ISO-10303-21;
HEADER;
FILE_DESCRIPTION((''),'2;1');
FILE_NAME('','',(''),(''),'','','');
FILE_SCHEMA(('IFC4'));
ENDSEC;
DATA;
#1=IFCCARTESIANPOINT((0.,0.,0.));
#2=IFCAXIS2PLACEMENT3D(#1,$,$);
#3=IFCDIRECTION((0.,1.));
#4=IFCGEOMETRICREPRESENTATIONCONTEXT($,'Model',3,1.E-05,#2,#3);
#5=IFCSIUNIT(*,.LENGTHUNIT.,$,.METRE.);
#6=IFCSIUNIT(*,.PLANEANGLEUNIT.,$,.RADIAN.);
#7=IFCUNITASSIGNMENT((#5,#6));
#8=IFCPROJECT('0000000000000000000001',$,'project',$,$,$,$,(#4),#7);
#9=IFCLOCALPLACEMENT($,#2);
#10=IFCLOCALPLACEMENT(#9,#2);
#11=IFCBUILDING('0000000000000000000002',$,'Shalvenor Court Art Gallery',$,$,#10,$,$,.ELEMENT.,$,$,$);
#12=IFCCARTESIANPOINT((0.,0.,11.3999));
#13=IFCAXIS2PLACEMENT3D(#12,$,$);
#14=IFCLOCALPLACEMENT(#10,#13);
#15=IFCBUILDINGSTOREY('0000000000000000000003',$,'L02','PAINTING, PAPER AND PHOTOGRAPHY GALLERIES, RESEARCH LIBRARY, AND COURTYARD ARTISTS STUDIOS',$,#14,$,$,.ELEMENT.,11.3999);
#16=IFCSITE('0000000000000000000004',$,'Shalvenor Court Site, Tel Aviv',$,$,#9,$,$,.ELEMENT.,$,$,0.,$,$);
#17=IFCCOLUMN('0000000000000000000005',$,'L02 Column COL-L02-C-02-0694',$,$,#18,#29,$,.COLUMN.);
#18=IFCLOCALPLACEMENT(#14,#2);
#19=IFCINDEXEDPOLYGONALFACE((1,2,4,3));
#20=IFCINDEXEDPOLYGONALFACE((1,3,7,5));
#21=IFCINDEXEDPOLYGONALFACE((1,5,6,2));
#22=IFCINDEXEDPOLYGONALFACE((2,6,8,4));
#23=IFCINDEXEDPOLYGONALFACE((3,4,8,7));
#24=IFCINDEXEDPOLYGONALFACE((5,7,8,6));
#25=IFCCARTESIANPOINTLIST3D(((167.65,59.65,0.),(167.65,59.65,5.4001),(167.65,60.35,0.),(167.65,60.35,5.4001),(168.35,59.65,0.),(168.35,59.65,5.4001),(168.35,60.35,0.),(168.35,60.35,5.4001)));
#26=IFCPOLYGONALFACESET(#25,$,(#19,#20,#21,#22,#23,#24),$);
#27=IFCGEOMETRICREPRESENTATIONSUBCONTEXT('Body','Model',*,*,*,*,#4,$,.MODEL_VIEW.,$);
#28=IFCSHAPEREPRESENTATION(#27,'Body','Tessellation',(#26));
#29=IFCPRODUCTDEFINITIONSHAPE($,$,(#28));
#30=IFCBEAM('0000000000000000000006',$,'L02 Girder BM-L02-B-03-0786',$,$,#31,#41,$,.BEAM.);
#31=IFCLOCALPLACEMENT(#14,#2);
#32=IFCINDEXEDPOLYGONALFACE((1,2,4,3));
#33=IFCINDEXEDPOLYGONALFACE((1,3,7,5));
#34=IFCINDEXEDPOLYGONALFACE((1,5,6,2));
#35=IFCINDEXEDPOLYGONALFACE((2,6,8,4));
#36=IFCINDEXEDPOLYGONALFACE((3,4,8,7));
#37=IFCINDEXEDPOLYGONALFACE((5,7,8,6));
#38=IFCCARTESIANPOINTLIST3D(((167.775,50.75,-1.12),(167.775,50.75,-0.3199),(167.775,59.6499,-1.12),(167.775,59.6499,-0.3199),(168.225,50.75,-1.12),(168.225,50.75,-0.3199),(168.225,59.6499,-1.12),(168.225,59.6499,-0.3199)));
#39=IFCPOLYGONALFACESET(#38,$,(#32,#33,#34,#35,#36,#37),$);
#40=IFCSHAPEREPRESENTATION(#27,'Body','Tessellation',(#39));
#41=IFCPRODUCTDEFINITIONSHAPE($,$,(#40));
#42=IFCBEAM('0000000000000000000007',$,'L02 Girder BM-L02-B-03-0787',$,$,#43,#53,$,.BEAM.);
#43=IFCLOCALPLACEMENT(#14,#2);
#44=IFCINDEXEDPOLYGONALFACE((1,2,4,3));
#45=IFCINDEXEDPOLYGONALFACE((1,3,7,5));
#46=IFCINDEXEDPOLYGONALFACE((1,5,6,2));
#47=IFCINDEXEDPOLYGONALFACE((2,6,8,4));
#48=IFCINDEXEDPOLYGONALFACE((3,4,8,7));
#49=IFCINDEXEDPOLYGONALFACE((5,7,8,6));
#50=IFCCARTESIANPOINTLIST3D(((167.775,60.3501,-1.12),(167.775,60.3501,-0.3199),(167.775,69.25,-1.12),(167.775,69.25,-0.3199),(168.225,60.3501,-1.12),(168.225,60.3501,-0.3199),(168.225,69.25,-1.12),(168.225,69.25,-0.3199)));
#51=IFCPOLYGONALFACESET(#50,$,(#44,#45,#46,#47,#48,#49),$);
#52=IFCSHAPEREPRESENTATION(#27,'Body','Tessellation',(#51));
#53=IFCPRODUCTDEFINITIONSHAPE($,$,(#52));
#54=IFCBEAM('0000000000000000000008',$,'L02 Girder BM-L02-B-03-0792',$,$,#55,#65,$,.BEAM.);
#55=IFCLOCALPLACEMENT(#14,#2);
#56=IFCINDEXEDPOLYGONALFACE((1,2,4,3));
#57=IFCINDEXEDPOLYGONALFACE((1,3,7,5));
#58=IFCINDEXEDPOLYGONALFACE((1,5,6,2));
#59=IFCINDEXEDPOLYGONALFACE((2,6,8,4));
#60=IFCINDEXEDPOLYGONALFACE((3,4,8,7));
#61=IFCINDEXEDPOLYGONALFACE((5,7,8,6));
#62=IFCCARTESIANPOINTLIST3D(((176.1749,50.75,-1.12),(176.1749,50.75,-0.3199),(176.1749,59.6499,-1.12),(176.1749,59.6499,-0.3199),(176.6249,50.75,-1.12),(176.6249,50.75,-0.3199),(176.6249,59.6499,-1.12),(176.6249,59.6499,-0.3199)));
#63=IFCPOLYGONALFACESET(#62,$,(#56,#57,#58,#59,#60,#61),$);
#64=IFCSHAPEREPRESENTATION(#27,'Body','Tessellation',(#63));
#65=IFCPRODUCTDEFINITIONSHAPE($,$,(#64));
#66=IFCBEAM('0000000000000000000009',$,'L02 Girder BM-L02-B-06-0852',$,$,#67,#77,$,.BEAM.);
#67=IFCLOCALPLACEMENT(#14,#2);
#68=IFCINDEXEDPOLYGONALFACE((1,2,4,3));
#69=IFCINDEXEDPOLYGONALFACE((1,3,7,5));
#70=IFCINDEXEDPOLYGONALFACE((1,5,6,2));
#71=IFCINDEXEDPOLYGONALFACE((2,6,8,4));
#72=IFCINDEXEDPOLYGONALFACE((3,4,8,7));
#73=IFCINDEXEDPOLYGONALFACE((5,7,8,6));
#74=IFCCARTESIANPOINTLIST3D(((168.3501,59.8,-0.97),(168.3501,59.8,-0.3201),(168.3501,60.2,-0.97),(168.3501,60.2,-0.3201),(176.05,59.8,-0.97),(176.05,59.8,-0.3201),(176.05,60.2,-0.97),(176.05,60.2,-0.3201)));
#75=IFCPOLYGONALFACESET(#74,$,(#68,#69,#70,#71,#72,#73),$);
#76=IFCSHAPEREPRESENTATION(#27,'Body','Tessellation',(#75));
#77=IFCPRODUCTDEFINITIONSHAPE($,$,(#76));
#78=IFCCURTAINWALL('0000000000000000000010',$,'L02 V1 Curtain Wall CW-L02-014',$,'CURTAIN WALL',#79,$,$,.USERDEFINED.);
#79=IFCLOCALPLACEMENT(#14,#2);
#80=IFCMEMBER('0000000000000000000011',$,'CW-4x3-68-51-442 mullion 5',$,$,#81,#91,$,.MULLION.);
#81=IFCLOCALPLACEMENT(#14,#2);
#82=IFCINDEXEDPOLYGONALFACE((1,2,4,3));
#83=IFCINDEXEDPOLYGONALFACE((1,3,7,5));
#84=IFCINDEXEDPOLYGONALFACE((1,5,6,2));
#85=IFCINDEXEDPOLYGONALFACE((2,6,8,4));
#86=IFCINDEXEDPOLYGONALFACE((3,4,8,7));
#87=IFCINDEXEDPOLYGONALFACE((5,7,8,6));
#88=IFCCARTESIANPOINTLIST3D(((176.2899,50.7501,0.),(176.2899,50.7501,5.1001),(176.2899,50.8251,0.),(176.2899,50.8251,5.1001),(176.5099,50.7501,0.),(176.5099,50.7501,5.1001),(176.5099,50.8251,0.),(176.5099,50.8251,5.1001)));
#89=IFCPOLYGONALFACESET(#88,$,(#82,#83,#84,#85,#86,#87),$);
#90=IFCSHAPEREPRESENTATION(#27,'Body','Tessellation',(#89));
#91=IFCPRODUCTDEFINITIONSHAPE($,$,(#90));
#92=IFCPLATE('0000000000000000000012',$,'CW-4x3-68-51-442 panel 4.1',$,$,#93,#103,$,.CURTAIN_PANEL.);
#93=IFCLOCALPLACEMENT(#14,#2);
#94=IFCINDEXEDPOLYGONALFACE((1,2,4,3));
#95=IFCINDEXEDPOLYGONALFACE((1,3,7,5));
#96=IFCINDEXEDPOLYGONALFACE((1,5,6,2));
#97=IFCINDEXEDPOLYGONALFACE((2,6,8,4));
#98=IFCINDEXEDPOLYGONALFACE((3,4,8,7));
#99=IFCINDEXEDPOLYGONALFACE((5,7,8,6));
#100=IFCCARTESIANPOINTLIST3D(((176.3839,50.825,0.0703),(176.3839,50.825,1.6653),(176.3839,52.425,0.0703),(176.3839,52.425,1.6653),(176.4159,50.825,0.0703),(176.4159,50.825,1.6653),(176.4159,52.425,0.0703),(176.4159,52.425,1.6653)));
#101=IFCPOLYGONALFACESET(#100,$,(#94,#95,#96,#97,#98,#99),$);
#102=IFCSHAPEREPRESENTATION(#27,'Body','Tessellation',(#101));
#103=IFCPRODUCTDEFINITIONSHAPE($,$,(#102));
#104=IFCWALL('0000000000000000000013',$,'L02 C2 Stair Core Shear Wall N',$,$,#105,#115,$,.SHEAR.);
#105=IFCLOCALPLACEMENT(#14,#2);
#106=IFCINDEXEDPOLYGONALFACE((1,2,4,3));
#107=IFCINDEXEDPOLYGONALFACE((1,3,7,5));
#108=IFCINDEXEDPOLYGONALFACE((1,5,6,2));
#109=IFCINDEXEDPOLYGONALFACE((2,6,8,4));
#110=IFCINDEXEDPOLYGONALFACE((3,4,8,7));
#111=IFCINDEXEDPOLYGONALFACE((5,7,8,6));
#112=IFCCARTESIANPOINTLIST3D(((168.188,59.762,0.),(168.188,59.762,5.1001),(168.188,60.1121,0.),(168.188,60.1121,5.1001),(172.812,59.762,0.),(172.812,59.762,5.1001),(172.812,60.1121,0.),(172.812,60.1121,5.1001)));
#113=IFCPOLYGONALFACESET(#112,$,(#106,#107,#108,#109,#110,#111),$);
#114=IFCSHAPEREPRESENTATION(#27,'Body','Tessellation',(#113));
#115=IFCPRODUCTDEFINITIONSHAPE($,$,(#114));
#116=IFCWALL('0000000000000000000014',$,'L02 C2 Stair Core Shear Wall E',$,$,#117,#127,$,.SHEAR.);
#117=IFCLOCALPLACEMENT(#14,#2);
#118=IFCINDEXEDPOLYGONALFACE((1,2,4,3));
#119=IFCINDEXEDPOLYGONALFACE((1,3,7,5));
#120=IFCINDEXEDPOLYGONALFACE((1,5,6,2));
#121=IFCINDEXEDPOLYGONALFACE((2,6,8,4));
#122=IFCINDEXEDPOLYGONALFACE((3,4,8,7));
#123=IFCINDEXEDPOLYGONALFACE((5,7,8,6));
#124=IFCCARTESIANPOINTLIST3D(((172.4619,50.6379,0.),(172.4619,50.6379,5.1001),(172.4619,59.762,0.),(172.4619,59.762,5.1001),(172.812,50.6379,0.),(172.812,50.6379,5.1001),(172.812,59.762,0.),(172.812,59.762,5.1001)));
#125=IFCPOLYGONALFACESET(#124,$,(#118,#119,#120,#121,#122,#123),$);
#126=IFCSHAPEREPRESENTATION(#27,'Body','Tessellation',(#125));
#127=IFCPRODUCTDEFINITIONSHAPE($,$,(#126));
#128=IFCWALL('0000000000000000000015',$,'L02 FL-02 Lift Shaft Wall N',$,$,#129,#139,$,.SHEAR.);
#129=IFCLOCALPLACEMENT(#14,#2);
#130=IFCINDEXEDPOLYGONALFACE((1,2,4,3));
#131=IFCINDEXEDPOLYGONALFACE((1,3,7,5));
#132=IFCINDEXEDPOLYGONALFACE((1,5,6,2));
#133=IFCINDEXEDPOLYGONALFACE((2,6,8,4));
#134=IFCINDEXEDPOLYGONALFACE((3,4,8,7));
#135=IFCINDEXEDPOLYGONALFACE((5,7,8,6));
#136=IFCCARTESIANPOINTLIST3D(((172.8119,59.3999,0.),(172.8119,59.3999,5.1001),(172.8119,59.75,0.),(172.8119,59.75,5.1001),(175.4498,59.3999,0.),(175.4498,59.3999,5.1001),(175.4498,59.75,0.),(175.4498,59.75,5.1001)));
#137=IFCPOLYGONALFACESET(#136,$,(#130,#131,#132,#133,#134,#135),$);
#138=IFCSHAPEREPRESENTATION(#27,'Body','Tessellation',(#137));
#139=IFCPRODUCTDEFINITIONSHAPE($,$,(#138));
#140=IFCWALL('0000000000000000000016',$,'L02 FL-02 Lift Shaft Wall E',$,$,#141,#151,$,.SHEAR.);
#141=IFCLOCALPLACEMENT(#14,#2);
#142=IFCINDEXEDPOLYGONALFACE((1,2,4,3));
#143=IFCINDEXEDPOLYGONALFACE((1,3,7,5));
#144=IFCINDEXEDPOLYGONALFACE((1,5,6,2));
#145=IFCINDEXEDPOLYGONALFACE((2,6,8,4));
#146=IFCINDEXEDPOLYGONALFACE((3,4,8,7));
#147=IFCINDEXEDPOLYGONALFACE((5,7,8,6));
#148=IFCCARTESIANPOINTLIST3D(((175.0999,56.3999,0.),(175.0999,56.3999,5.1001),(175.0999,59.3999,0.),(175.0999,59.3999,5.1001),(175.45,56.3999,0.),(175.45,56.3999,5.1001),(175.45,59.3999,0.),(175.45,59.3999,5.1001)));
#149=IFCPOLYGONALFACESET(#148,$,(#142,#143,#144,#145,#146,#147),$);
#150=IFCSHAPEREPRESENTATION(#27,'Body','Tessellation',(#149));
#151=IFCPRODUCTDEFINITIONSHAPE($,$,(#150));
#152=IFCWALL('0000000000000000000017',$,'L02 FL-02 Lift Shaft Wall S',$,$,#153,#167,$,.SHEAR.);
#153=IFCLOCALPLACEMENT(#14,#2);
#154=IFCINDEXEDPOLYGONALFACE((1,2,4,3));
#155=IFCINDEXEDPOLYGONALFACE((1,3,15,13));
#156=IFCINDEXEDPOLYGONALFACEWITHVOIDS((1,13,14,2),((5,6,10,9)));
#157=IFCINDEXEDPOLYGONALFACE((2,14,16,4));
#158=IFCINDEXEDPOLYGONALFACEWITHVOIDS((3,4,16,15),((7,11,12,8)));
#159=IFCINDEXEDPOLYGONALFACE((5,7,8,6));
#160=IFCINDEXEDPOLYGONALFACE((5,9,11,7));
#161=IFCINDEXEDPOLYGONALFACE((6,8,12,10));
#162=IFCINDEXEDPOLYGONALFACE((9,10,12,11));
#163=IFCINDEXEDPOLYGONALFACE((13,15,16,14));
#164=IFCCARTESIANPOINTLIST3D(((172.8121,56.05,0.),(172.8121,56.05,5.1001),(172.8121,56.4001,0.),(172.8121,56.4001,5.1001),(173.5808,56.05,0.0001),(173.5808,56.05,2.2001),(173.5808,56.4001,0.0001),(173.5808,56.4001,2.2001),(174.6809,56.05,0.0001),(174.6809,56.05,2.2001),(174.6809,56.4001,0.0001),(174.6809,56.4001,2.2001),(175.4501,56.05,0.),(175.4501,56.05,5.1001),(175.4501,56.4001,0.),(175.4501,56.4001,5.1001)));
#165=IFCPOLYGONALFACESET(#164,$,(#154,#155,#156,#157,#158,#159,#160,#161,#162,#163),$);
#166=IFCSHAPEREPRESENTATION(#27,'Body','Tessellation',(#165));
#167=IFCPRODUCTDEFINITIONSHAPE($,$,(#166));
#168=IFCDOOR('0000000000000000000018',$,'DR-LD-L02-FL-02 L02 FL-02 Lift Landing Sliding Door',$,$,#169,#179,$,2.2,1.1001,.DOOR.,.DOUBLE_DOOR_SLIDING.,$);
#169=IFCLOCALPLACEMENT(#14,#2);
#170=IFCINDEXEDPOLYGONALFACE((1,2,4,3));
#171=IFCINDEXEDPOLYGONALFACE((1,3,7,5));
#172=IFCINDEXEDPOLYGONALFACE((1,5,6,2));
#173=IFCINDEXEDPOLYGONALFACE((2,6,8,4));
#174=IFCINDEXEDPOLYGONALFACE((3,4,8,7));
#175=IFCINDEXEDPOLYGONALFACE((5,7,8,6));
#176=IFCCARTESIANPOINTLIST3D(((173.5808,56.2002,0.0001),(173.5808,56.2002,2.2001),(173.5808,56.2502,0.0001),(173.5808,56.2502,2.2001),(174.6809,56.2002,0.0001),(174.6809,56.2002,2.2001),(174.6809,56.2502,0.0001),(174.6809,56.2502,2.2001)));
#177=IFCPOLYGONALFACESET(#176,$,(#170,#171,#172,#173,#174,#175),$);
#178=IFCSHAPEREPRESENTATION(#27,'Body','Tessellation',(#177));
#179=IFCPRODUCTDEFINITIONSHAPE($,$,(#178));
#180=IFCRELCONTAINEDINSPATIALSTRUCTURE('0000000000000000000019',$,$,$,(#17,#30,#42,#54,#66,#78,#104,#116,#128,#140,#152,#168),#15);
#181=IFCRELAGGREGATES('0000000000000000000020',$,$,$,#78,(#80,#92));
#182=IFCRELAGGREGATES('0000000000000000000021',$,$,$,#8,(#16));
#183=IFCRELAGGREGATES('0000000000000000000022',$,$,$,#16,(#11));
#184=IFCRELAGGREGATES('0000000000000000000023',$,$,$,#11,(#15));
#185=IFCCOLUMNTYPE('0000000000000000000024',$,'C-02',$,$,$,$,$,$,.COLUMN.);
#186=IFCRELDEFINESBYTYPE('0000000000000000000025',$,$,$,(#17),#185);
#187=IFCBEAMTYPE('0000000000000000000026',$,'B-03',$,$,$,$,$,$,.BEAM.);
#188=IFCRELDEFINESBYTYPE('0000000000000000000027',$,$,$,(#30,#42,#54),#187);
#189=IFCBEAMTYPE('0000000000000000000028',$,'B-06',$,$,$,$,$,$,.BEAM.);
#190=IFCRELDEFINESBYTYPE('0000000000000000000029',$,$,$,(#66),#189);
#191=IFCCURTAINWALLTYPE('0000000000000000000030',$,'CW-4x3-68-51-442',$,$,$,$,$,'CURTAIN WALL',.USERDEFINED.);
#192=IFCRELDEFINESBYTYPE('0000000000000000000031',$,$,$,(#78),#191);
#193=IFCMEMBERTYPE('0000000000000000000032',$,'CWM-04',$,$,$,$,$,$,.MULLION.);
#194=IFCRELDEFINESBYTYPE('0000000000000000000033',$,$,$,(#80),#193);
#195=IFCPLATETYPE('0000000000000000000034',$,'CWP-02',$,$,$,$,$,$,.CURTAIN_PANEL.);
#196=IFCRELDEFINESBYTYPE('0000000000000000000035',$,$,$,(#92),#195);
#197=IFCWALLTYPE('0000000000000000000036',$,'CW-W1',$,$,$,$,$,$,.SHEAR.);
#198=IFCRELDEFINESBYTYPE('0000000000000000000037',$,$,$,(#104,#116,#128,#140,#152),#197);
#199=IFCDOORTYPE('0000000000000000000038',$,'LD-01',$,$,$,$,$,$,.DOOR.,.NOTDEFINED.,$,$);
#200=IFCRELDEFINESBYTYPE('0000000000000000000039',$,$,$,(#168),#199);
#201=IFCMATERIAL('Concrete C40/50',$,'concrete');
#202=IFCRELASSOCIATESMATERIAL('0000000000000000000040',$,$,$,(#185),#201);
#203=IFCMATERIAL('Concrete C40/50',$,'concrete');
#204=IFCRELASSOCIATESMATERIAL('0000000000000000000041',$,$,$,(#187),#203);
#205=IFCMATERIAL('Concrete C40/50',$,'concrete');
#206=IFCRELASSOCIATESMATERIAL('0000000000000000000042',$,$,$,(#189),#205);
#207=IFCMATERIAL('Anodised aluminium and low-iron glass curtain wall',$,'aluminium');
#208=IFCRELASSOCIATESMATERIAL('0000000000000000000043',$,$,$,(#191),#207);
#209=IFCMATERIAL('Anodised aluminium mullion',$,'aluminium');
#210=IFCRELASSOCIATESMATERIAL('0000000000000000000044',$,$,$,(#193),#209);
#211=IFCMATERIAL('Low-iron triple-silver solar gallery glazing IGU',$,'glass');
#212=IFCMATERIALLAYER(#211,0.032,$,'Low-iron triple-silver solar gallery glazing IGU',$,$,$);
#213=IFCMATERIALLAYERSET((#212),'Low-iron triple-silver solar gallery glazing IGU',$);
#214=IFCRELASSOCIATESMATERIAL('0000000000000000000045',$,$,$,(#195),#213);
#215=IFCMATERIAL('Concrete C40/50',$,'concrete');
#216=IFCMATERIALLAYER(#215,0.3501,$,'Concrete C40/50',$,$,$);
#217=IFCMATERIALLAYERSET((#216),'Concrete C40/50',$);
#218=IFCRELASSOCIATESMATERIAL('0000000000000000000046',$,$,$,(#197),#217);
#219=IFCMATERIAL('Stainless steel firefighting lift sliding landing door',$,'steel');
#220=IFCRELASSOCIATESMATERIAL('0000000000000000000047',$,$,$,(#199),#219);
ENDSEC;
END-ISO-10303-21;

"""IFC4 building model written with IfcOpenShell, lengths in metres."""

from ifc_helpers import new_model, si_unit, direction, frame, frame_2d, origin, origin_2d, place, context, subcontext, project, spatial, rectangle, extrude, material, layer, layer_set, material_profile, profile_set, type_object, element, fill, aggregate, save


model = new_model("IFC4")

# Units and contexts
model_context = context("Model", 3, precision=1e-05, world=origin(), true_north=direction((0.0, 1.0)))
body_context = subcontext(model_context, "Body", "Model", "MODEL_VIEW")
ifc_project = project(units=[si_unit("LENGTHUNIT", "METRE"), si_unit("PLANEANGLEUNIT", "RADIAN")], contexts=[model_context])

# Site, building, storey
site_placement = place(None, origin())
site = spatial("IfcSite", under=ifc_project, at=site_placement, Name="Shalvenor Court Site, Tel Aviv", CompositionType="ELEMENT", RefElevation=0.0)
building_placement = place(site_placement, origin())
building = spatial("IfcBuilding", under=site, at=building_placement, Name="Shalvenor Court Art Gallery", CompositionType="ELEMENT")
storey_placement = place(building_placement, frame((0.0, 0.0, 11.3999)))
storey = spatial("IfcBuildingStorey", under=building, at=storey_placement, Name="L02", Description="PAINTING, PAPER AND PHOTOGRAPHY GALLERIES, RESEARCH LIBRARY, AND COURTYARD ARTISTS STUDIOS", CompositionType="ELEMENT", Elevation=11.3999)

# Column
ifc_material_1 = material(Name="Concrete C40/50", Category="concrete")
ifc_material_profile_1 = material_profile(ifc_material_1, rectangle(XDim=0.7, YDim=0.7, at=origin_2d()), Name="RC 700x700")
ifc_profile_set_1 = profile_set([ifc_material_profile_1], Name="Concrete C40/50")
column_type = type_object("IfcColumnType", Name="C-02", PredefinedType="COLUMN", material=ifc_profile_set_1)
column_placement = place(storey_placement, frame((168.0, 60.0, 0.0), z_axis=(0.0, 0.0, 1.0), x_axis=(1.0, 0.0, 0.0)))
element("IfcColumn", 1, at=column_placement, inside=storey, type_object=column_type, Name="L02 Column COL-L02-C-02-0694", PredefinedType="COLUMN", context=body_context, shape_type="SweptSolid", body=[
    extrude(rectangle(XDim=0.7, YDim=0.7, at=origin_2d()), origin(), (0.0, 0.0, 1.0), 5.4001),
])

# Beams
ifc_material_2 = material(Name="Concrete C40/50", Category="concrete")
ifc_material_profile_2 = material_profile(ifc_material_2, rectangle(XDim=0.45, YDim=0.8, at=origin_2d()), Name="RC 450x800")
ifc_profile_set_2 = profile_set([ifc_material_profile_2], Name="Concrete C40/50")
beam_type_1 = type_object("IfcBeamType", Name="B-03", PredefinedType="BEAM", material=ifc_profile_set_2)
for number, where, z_axis, x_axis, name in (
    (2, (168.0, 50.75, -0.72), (0.0, 1.0, 0.0), (-1.0, 0.0, 0.0), "L02 Girder BM-L02-B-03-0786"),
    (3, (168.0, 60.3501, -0.72), (0.0, 1.0, 0.0), (-1.0, 0.0, 0.0), "L02 Girder BM-L02-B-03-0787"),
    (4, (176.3999, 50.75, -0.72), (0.0, 1.0, 0.0), (-1.0, 0.0, 0.0), "L02 Girder BM-L02-B-03-0792"),
):
    element("IfcBeam", number, at=place(storey_placement, frame(where, z_axis=z_axis, x_axis=x_axis)), inside=storey, type_object=beam_type_1, Name=name, PredefinedType="BEAM", context=body_context, shape_type="SweptSolid", body=[
        extrude(rectangle(XDim=0.45, YDim=0.8, at=origin_2d()), origin(), (0.0, 0.0, 1.0), 8.8999),
    ])
ifc_material_3 = material(Name="Concrete C40/50", Category="concrete")
ifc_material_profile_3 = material_profile(ifc_material_3, rectangle(XDim=0.3999, YDim=0.6499, at=origin_2d()), Name="RC 400x650")
ifc_profile_set_3 = profile_set([ifc_material_profile_3], Name="Concrete C40/50")
beam_type_2 = type_object("IfcBeamType", Name="B-06", PredefinedType="BEAM", material=ifc_profile_set_3)
beam_placement = place(storey_placement, frame((168.3501, 60.0, -0.645), z_axis=(1.0, 0.0, 0.0), x_axis=(0.0, 1.0, 0.0)))
element("IfcBeam", 5, at=beam_placement, inside=storey, type_object=beam_type_2, Name="L02 Girder BM-L02-B-06-0852", PredefinedType="BEAM", context=body_context, shape_type="SweptSolid", body=[
    extrude(rectangle(XDim=0.3999, YDim=0.6499, at=origin_2d()), origin(), (0.0, 0.0, 1.0), 7.7),
])

# Curtain wall, member, plate
ifc_material_4 = material(Name="Anodised aluminium and low-iron glass curtain wall", Category="aluminium")
curtain_wall_type = type_object("IfcCurtainWallType", Name="CW-4x3-68-51-442", ElementType="CURTAIN WALL", PredefinedType="USERDEFINED", material=ifc_material_4)
curtain_wall_placement = place(storey_placement, origin())
curtain_wall = element("IfcCurtainWall", 6, at=curtain_wall_placement, inside=storey, type_object=curtain_wall_type, Name="L02 V1 Curtain Wall CW-L02-014", ObjectType="CURTAIN WALL", PredefinedType="USERDEFINED")
ifc_material_5 = material(Name="Anodised aluminium mullion", Category="aluminium")
ifc_material_profile_4 = material_profile(ifc_material_5, rectangle(XDim=0.075, YDim=0.22, at=origin_2d()), Name="CWM-04")
ifc_profile_set_4 = profile_set([ifc_material_profile_4], Name="Anodised aluminium mullion")
member_type = type_object("IfcMemberType", Name="CWM-04", PredefinedType="MULLION", material=ifc_profile_set_4)
member_placement = place(storey_placement, frame((176.3999, 50.7876, 0.0), z_axis=(0.0, 0.0, 1.0), x_axis=(0.0, -1.0, 0.0)))
member = element("IfcMember", 7, at=member_placement, type_object=member_type, Name="CW-4x3-68-51-442 mullion 5", PredefinedType="MULLION", context=body_context, shape_type="SweptSolid", body=[
    extrude(rectangle(XDim=0.075, YDim=0.22, at=origin_2d()), origin(), (0.0, 0.0, 1.0), 5.1001),
])
ifc_material_6 = material(Name="Low-iron triple-silver solar gallery glazing IGU", Category="glass")
ifc_layer_1 = layer(ifc_material_6, 0.032, Name="Low-iron triple-silver solar gallery glazing IGU")
ifc_layer_set_1 = layer_set([ifc_layer_1], Name="Low-iron triple-silver solar gallery glazing IGU")
plate_type = type_object("IfcPlateType", Name="CWP-02", PredefinedType="CURTAIN_PANEL", material=ifc_layer_set_1)
plate_placement = place(storey_placement, frame((176.3999, 51.625, 0.0703), z_axis=(0.0, 0.0, 1.0), x_axis=(0.0, -1.0, 0.0)))
plate = element("IfcPlate", 8, at=plate_placement, type_object=plate_type, Name="CW-4x3-68-51-442 panel 4.1", PredefinedType="CURTAIN_PANEL", context=body_context, shape_type="SweptSolid", body=[
    extrude(rectangle(XDim=1.6001, YDim=0.032, at=origin_2d()), origin(), (0.0, 0.0, 1.0), 1.595),
])
aggregate(curtain_wall, [member, plate])

# Walls
ifc_material_7 = material(Name="Concrete C40/50", Category="concrete")
ifc_layer_2 = layer(ifc_material_7, 0.3501, Name="Concrete C40/50")
ifc_layer_set_2 = layer_set([ifc_layer_2], Name="Concrete C40/50")
wall_type_1 = type_object("IfcWallType", Name="CW-W1", PredefinedType="SHEAR", material=ifc_layer_set_2)
wall_1_placement = place(storey_placement, frame((168.188, 59.937, 0.0), z_axis=(0.0, 0.0, 1.0), x_axis=(1.0, 0.0, 0.0)))
element("IfcWall", 9, at=wall_1_placement, inside=storey, type_object=wall_type_1, Name="L02 C2 Stair Core Shear Wall N", PredefinedType="SHEAR", context=body_context, shape_type="SweptSolid", body=[
    extrude(rectangle(XDim=4.624, YDim=0.3501, at=frame_2d((2.312, 0.0))), origin(), (0.0, 0.0, 1.0), 5.1001),
])
wall_2_placement = place(storey_placement, frame((172.637, 59.762, 0.0), z_axis=(0.0, 0.0, 1.0), x_axis=(0.0, -1.0, 0.0)))
element("IfcWall", 10, at=wall_2_placement, inside=storey, type_object=wall_type_1, Name="L02 C2 Stair Core Shear Wall E", PredefinedType="SHEAR", context=body_context, shape_type="SweptSolid", body=[
    extrude(rectangle(XDim=9.124, YDim=0.3501, at=frame_2d((4.562, 0.0))), origin(), (0.0, 0.0, 1.0), 5.1001),
])
wall_3_placement = place(storey_placement, frame((172.812, 59.575, 0.0), z_axis=(0.0, 0.0, 1.0), x_axis=(1.0, 0.0, 0.0)))
element("IfcWall", 11, at=wall_3_placement, inside=storey, type_object=wall_type_1, Name="L02 FL-02 Lift Shaft Wall N", PredefinedType="SHEAR", context=body_context, shape_type="SweptSolid", body=[
    extrude(rectangle(XDim=2.6379, YDim=0.3501, at=frame_2d((1.3188, 0.0))), origin(), (0.0, 0.0, 1.0), 5.1001),
])
wall_4_placement = place(storey_placement, frame((175.2749, 59.3999, 0.0), z_axis=(0.0, 0.0, 1.0), x_axis=(0.0, -1.0, 0.0)))
element("IfcWall", 12, at=wall_4_placement, inside=storey, type_object=wall_type_1, Name="L02 FL-02 Lift Shaft Wall E", PredefinedType="SHEAR", context=body_context, shape_type="SweptSolid", body=[
    extrude(rectangle(XDim=3.0, YDim=0.3501, at=frame_2d((1.5, 0.0))), origin(), (0.0, 0.0, 1.0), 5.1001),
])

# Wall, opening, door
wall_5_placement = place(storey_placement, frame((175.45, 56.2251, 0.0), z_axis=(0.0, 0.0, 1.0), x_axis=(-1.0, 0.0, 0.0)))
wall_5 = element("IfcWall", 13, at=wall_5_placement, inside=storey, type_object=wall_type_1, Name="L02 FL-02 Lift Shaft Wall S", PredefinedType="SHEAR", context=body_context, shape_type="SweptSolid", body=[
    extrude(rectangle(XDim=2.6379, YDim=0.3501, at=frame_2d((1.3188, 0.0))), origin(), (0.0, 0.0, 1.0), 5.1001),
])
opening_1_placement = place(wall_5_placement, frame((0.769, 0.0, 0.0)))
opening_1 = element("IfcOpeningElement", 14, at=opening_1_placement, cuts=wall_5, PredefinedType="OPENING", context=body_context, shape_type="SweptSolid", body=[
    extrude(rectangle(XDim=1.1001, YDim=2.2, at=frame_2d((0.55, 1.1001))), frame((0.0, 0.1851, 0.0), z_axis=(0.0, -1.0, 0.0), x_axis=(1.0, 0.0, 0.0)), (0.0, 0.0, 1.0), 0.3701),
])
ifc_material_8 = material(Name="Stainless steel firefighting lift sliding landing door", Category="steel")
door_type_1 = type_object("IfcDoorType", Name="LD-01", OperationType="NOTDEFINED", PredefinedType="DOOR", material=ifc_material_8)
door_1_placement = place(opening_1_placement, origin())
door_1 = element("IfcDoor", 15, at=door_1_placement, inside=storey, type_object=door_type_1, Name="DR-LD-L02-FL-02 L02 FL-02 Lift Landing Sliding Door", OperationType="DOUBLE_DOOR_SLIDING", OverallHeight=2.2, OverallWidth=1.1001, PredefinedType="DOOR", context=body_context, shape_type="SweptSolid", body=[
    extrude(rectangle(XDim=1.1001, YDim=2.2, at=frame_2d((0.55, 1.1001))), frame((0.0, 0.0249, 0.0), z_axis=(0.0, -1.0, 0.0), x_axis=(1.0, 0.0, 0.0)), (0.0, 0.0, 1.0), 0.05),
])
fill(opening_1, door_1)

save(model, "model.ifc")
